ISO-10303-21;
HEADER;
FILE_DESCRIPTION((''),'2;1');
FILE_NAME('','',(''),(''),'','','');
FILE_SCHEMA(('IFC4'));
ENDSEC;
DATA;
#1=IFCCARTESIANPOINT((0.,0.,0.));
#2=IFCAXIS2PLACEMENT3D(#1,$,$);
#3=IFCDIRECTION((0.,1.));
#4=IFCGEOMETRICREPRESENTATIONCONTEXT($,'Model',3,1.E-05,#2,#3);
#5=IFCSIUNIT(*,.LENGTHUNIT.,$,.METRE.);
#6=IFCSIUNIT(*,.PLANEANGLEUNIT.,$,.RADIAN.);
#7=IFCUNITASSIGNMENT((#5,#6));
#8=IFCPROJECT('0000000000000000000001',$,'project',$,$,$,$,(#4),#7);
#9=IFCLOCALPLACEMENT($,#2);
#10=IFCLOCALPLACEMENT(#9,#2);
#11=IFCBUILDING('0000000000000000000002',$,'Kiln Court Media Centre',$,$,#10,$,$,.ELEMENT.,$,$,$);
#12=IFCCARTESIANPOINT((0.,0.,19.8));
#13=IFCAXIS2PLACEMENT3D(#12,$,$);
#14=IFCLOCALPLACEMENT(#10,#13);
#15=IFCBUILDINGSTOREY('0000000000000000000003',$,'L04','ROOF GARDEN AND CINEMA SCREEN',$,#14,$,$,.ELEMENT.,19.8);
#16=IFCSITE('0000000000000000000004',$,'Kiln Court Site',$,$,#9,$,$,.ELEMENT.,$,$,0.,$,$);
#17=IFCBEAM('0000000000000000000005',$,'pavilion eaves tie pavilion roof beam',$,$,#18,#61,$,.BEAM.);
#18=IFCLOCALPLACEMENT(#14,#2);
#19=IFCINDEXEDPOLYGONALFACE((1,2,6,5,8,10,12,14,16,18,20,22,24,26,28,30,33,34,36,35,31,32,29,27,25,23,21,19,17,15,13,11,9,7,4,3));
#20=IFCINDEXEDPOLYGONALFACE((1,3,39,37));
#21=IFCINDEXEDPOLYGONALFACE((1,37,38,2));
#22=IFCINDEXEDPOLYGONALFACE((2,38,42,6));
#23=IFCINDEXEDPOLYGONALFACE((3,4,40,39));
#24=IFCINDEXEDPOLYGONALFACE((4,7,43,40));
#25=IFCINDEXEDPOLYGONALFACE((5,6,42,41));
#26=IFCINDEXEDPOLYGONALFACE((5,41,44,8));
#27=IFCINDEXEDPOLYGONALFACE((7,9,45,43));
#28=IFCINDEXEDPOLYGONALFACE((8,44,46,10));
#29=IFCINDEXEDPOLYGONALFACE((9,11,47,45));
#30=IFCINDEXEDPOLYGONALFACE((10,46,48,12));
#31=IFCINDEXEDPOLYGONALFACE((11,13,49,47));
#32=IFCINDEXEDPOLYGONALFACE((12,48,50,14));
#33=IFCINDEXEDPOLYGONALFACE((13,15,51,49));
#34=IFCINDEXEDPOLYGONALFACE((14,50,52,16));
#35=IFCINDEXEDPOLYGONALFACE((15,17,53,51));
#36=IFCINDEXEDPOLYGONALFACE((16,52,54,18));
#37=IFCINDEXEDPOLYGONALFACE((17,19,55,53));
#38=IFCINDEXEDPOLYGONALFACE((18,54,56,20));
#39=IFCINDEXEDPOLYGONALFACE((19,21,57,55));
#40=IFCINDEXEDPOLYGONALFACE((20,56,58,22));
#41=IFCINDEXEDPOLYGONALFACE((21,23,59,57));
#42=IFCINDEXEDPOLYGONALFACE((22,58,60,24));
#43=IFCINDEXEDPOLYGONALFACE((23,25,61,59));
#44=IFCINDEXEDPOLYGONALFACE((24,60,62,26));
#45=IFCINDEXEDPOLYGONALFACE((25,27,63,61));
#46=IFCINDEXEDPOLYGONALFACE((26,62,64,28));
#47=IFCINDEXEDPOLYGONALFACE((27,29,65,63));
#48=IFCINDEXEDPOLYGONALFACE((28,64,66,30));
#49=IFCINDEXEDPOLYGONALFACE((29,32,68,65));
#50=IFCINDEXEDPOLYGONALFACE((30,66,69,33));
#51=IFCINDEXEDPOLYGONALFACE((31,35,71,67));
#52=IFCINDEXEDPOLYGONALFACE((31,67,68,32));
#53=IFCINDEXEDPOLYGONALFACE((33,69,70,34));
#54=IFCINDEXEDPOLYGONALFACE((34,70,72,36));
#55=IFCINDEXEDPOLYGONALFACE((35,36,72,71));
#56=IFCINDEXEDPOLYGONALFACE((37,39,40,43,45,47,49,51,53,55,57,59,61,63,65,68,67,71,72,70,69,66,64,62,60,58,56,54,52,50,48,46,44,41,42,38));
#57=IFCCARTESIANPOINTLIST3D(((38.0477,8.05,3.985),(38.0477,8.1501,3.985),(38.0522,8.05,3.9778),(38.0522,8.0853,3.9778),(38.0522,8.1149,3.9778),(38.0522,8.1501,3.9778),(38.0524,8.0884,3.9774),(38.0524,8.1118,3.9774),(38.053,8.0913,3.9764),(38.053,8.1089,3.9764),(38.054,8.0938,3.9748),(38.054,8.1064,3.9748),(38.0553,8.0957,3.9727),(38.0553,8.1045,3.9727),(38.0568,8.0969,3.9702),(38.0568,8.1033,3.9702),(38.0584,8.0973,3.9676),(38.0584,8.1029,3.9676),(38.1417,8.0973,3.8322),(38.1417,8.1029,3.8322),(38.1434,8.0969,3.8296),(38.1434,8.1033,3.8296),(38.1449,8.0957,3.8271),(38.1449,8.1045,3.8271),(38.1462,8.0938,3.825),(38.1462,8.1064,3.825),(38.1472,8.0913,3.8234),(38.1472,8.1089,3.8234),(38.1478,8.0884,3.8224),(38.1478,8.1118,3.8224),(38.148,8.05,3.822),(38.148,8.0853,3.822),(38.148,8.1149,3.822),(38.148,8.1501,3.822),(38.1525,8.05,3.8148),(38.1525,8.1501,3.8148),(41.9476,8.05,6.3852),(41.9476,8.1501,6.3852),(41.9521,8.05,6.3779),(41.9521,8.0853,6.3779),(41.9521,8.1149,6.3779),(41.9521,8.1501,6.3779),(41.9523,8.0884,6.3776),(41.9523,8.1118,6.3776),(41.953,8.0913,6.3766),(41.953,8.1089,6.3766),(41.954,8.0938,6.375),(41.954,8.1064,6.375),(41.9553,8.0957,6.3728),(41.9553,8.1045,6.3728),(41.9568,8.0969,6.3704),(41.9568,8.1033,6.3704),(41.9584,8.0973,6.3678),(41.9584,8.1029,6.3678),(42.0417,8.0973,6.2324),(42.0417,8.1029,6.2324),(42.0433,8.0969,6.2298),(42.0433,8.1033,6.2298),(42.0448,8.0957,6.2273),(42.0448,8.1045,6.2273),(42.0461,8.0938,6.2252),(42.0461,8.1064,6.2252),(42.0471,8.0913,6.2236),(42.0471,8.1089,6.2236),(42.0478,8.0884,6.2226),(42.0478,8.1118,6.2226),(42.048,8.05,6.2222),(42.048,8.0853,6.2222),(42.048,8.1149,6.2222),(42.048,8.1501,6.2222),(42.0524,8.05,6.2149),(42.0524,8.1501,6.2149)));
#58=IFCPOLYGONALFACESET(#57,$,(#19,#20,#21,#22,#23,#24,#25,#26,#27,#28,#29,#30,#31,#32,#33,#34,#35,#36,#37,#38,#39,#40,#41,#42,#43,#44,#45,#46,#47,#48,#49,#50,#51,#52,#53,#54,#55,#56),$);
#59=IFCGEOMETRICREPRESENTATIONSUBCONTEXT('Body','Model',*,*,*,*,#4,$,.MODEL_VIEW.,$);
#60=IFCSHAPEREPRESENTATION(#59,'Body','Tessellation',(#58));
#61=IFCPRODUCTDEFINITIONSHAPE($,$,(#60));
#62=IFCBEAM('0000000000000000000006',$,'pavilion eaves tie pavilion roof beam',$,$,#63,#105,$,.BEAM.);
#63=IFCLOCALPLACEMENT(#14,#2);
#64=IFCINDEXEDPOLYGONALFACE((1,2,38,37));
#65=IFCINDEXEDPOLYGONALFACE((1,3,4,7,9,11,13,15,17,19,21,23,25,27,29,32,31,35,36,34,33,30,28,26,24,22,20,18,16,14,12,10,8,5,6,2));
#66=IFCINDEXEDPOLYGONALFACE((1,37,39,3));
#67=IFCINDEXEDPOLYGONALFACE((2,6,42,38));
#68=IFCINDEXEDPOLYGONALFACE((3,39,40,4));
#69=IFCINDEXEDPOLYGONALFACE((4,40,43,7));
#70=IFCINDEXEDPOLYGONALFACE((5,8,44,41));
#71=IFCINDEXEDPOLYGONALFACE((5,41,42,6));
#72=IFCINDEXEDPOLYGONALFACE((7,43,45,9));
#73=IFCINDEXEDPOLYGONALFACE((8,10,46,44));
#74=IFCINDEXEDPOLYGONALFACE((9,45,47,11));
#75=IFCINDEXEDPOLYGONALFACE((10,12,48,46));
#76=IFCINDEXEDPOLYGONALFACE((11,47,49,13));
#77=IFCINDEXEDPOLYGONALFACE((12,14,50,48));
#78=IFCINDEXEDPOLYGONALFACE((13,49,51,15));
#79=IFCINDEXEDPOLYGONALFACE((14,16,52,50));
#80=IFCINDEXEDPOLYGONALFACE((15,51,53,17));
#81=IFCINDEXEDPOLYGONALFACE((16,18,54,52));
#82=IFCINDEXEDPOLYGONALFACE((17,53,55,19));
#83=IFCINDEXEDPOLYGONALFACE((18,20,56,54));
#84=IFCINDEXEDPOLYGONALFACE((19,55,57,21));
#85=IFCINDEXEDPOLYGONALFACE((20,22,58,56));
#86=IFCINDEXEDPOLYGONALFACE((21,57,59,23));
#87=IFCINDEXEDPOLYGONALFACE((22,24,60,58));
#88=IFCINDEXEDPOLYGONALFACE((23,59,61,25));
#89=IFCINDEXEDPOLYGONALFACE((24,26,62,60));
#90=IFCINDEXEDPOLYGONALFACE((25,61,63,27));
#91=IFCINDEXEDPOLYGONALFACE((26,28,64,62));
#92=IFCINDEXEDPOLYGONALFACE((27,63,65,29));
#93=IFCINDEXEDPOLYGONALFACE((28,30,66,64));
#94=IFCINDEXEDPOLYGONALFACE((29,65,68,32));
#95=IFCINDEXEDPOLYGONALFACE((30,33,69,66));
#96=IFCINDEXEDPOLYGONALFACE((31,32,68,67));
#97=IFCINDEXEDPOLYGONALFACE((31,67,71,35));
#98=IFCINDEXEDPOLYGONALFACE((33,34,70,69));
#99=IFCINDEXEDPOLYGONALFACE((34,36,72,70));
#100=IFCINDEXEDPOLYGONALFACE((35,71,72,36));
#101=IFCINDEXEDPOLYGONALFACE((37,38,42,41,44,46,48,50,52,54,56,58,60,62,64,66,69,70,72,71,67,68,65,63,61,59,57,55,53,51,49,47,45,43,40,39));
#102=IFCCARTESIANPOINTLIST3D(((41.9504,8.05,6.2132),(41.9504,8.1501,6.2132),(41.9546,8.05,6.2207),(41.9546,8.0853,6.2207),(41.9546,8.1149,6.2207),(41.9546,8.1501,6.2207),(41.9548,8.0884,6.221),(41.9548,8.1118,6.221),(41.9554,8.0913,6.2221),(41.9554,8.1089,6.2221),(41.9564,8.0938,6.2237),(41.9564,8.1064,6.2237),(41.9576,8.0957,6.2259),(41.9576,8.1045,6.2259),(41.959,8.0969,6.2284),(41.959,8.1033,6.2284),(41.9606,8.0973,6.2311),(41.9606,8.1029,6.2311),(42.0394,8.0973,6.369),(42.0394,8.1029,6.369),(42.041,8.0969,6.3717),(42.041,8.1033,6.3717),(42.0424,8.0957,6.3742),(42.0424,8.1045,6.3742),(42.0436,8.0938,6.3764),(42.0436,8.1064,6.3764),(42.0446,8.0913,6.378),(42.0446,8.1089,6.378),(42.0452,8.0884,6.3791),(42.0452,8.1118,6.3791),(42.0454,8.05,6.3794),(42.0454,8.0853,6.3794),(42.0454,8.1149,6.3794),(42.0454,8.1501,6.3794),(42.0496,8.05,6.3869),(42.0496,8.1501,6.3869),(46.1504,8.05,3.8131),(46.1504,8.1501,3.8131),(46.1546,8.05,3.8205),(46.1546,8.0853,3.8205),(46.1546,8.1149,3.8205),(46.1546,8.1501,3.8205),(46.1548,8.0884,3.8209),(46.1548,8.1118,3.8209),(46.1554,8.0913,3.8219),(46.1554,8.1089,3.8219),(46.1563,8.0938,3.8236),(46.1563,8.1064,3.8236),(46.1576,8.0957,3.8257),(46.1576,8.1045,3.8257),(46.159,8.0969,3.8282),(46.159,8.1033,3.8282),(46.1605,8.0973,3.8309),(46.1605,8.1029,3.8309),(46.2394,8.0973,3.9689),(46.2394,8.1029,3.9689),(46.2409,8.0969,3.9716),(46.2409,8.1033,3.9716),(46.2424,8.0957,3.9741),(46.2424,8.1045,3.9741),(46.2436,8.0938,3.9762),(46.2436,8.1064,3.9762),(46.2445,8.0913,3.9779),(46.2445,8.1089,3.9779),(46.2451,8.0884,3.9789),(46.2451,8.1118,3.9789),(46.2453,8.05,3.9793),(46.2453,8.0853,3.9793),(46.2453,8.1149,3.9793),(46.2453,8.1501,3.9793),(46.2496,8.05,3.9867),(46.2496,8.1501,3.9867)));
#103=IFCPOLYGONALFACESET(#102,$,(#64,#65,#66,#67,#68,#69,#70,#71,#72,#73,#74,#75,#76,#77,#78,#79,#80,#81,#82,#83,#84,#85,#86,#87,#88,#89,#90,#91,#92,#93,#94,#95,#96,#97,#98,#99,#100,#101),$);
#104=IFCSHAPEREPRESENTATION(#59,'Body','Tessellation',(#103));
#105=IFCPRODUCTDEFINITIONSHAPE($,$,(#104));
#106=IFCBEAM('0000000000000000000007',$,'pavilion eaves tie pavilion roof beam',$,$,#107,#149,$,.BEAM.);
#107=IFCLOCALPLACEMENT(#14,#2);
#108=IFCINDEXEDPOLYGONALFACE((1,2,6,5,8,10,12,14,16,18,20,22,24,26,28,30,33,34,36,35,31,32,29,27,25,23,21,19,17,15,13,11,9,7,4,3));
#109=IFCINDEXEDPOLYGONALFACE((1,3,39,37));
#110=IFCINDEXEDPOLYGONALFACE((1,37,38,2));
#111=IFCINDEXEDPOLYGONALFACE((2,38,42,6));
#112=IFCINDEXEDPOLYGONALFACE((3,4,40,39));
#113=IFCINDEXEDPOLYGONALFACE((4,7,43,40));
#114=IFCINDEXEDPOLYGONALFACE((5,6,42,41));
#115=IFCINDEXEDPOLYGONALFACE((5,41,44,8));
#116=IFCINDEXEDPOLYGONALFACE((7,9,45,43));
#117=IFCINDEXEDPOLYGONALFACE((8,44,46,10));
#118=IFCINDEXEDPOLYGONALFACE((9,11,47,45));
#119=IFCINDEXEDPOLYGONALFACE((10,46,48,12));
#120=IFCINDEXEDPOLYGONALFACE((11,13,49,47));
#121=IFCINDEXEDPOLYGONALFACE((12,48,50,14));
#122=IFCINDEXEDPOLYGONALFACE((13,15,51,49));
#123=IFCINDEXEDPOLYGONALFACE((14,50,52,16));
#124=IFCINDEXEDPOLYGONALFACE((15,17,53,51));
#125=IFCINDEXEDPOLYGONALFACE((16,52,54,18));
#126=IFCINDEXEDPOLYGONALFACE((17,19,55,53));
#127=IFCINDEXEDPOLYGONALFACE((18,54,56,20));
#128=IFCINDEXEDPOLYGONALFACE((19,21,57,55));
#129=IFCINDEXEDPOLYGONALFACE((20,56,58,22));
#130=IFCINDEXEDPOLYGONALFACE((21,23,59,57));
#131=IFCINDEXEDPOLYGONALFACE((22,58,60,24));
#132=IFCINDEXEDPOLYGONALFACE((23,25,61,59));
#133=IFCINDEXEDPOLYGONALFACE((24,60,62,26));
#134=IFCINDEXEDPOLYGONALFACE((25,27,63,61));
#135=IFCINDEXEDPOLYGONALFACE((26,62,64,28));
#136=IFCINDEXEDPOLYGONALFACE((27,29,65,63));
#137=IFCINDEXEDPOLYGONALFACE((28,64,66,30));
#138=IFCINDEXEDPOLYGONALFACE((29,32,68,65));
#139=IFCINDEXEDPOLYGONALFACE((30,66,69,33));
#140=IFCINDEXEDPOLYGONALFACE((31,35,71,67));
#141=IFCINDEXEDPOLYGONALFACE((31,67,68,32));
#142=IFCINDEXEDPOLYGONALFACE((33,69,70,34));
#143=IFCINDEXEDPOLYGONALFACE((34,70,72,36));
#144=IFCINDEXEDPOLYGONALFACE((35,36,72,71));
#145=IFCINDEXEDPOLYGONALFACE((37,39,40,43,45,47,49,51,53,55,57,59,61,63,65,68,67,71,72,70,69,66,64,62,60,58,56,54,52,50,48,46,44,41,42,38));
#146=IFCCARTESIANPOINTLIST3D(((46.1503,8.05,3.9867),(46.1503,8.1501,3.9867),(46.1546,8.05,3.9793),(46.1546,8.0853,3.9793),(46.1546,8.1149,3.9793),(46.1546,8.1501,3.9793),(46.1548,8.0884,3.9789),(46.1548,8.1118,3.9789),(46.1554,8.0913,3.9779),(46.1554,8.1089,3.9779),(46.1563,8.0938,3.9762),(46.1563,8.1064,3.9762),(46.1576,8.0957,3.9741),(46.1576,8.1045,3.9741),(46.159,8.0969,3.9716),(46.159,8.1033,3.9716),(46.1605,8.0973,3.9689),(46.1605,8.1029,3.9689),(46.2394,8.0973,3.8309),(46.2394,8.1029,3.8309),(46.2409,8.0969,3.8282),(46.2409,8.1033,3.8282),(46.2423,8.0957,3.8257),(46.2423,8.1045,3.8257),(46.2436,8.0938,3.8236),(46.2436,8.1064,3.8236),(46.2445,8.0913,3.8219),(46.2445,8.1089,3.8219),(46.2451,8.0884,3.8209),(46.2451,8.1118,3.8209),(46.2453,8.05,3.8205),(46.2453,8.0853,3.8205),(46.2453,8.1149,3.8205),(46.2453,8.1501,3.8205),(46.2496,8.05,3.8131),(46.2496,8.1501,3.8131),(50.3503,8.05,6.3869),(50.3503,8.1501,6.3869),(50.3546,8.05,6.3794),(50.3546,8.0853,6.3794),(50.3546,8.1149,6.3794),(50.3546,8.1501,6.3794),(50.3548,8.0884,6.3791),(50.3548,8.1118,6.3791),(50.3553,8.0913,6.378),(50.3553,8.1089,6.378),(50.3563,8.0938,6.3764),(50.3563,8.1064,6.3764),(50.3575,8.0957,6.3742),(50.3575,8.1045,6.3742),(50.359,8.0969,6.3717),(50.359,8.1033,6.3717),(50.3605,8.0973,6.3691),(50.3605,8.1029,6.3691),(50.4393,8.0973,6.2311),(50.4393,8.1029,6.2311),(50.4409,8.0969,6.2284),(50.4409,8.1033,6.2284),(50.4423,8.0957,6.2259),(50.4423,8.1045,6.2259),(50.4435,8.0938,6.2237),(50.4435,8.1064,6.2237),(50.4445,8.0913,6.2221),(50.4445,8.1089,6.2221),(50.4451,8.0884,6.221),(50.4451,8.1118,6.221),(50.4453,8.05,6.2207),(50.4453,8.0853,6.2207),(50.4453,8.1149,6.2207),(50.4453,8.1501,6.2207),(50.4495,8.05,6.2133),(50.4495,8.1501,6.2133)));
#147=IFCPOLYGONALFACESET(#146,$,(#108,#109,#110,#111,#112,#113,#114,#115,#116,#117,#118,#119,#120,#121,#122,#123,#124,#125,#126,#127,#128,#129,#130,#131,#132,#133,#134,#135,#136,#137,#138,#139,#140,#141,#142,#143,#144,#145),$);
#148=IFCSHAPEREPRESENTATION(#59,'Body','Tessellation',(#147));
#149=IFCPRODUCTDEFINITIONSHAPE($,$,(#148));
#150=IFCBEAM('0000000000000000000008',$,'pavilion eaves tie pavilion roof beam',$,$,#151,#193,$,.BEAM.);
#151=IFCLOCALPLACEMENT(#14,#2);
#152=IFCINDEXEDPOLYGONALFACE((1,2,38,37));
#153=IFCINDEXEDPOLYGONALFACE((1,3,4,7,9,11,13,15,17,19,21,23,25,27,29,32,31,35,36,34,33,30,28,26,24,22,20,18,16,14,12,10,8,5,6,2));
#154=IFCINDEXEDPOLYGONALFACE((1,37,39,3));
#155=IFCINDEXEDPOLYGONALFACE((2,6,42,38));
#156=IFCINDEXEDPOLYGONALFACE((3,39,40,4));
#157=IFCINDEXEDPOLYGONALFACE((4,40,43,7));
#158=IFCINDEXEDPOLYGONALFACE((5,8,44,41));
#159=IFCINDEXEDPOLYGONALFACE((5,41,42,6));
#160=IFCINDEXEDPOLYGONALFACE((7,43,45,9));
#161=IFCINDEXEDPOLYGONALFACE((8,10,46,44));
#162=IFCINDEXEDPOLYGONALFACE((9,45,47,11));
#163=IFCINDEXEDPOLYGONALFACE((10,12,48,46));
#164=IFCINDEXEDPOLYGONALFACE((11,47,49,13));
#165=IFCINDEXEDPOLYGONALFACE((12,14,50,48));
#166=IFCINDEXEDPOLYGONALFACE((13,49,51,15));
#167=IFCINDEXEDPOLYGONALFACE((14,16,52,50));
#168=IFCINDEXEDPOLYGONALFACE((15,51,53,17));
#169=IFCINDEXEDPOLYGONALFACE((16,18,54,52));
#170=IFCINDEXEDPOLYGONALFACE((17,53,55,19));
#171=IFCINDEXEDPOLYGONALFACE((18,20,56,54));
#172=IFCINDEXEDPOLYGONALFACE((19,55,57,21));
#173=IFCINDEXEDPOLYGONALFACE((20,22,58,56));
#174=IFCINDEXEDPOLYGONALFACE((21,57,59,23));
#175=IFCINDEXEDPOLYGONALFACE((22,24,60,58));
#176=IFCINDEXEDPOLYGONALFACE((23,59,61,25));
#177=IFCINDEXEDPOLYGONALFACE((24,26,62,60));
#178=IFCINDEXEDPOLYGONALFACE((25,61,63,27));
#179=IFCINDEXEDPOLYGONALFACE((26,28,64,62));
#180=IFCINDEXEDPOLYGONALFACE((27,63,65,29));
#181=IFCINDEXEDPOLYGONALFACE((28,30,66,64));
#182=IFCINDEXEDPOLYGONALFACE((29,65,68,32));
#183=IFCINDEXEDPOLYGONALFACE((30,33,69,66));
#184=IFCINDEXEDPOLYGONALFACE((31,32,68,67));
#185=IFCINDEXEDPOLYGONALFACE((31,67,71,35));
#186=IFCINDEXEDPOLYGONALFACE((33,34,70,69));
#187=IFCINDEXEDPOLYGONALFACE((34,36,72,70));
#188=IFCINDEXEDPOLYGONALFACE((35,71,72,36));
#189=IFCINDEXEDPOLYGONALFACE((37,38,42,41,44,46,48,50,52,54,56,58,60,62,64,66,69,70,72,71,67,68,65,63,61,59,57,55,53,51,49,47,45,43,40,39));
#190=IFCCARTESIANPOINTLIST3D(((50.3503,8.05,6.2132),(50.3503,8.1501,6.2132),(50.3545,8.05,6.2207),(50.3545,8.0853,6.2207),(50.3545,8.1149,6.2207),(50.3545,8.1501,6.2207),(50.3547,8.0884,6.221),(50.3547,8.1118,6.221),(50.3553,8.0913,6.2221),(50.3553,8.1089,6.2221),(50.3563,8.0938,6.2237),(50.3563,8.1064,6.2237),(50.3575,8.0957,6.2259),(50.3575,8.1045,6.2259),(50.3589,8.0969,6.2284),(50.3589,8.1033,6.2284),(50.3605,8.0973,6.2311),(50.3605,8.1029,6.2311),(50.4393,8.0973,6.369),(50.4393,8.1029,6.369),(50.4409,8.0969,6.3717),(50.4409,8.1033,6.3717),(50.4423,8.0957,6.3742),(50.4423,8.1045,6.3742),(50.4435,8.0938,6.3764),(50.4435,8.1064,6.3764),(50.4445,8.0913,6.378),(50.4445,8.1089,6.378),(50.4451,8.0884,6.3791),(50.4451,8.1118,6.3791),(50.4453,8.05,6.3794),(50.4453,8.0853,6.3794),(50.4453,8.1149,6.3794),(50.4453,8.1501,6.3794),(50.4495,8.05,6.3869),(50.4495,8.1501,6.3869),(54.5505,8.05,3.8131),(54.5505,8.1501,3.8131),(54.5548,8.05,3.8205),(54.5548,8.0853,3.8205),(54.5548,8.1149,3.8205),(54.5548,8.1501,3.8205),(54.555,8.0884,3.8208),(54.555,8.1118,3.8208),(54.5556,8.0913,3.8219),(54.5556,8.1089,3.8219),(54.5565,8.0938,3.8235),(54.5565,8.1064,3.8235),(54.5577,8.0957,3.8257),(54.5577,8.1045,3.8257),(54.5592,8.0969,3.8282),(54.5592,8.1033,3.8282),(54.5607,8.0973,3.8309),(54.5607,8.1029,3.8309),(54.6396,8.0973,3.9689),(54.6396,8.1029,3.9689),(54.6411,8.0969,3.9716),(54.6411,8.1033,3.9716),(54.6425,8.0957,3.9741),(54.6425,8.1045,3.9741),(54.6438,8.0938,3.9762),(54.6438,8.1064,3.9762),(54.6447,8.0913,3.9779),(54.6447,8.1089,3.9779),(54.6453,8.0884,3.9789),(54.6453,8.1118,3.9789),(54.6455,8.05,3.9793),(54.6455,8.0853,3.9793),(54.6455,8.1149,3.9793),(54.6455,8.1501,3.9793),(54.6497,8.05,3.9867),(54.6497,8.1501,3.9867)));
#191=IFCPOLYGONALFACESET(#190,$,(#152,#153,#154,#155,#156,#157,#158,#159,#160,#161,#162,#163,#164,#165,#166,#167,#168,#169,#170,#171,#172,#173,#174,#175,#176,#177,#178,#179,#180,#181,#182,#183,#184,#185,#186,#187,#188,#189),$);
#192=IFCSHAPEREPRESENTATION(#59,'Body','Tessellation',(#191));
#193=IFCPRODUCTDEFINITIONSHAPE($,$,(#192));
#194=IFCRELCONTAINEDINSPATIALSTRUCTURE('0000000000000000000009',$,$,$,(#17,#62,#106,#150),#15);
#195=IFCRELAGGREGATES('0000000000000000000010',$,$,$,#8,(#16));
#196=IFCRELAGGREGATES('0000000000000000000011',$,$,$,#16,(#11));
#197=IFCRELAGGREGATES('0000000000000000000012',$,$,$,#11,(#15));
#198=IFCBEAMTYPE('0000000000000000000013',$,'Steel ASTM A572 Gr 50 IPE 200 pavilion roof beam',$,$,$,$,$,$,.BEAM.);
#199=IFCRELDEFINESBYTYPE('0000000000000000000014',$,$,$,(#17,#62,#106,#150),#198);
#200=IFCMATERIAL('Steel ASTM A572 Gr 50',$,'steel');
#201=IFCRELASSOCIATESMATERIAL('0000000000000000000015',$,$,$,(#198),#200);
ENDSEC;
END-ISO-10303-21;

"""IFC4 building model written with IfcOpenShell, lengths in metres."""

from ifc_helpers import new_model, si_unit, direction, frame, origin, origin_2d, place, context, subcontext, project, spatial, i_section, extrude, material, material_profile, profile_set, type_object, element, save


model = new_model("IFC4")

# Units and contexts
model_context = context("Model", 3, precision=1e-05, world=origin(), true_north=direction((0.0, 1.0)))
body_context = subcontext(model_context, "Body", "Model", "MODEL_VIEW")
ifc_project = project(units=[si_unit("LENGTHUNIT", "METRE"), si_unit("PLANEANGLEUNIT", "RADIAN")], contexts=[model_context])

# Site, building, storey
site_placement = place(None, origin())
site = spatial("IfcSite", under=ifc_project, at=site_placement, Name="Kiln Court Site", CompositionType="ELEMENT", RefElevation=0.0)
building_placement = place(site_placement, origin())
building = spatial("IfcBuilding", under=site, at=building_placement, Name="Kiln Court Media Centre", CompositionType="ELEMENT")
storey_placement = place(building_placement, frame((0.0, 0.0, 19.8)))
storey = spatial("IfcBuildingStorey", under=building, at=storey_placement, Name="L04", Description="ROOF GARDEN AND CINEMA SCREEN", CompositionType="ELEMENT", Elevation=19.8)

# Beams
ifc_material_1 = material(Name="Steel ASTM A572 Gr 50", Category="steel")
ifc_material_profile_1 = material_profile(ifc_material_1, i_section(OverallWidth=0.1001, OverallDepth=0.2, WebThickness=0.0056, FlangeThickness=0.0085, FilletRadius=0.012, at=origin_2d()), Name="IPE 200")
ifc_profile_set_1 = profile_set([ifc_material_profile_1], Name="Steel ASTM A572 Gr 50")
beam_type_1 = type_object("IfcBeamType", Name="Steel ASTM A572 Gr 50 IPE 200 pavilion roof beam", PredefinedType="BEAM", material=ifc_profile_set_1)
beam_1_placement = place(storey_placement, frame((38.1001, 8.1001, 3.8999), z_axis=(0.851638, 0.0, 0.52413), x_axis=(0.0, 1.0, 0.0)))
element("IfcBeam", 1, at=beam_1_placement, inside=storey, type_object=beam_type_1, Name="pavilion eaves tie pavilion roof beam", PredefinedType="BEAM", context=body_context, shape_type="SweptSolid", body=[
    extrude(i_section(OverallWidth=0.1001, OverallDepth=0.2, WebThickness=0.0056, FlangeThickness=0.0085, FilletRadius=0.012, at=origin_2d()), origin(), (0.0, 0.0, 1.0), 4.5793),
])
for number, where, z_axis, x_axis, name in (
    (2, (42.0, 8.1001, 6.3), (0.868228, 0.0, -0.496166), (0.0, 1.0, 0.0), "pavilion eaves tie pavilion roof beam"),
    (3, (46.2, 8.1001, 3.8999), (0.868228, 0.0, 0.496166), (0.0, 1.0, 0.0), "pavilion eaves tie pavilion roof beam"),
):
    element("IfcBeam", number, at=place(storey_placement, frame(where, z_axis=z_axis, x_axis=x_axis)), inside=storey, type_object=beam_type_1, Name=name, PredefinedType="BEAM", context=body_context, shape_type="SweptSolid", body=[
        extrude(i_section(OverallWidth=0.1001, OverallDepth=0.2, WebThickness=0.0056, FlangeThickness=0.0085, FilletRadius=0.012, at=origin_2d()), origin(), (0.0, 0.0, 1.0), 4.8374),
    ])
beam_2_placement = place(storey_placement, frame((50.3999, 8.1001, 6.3), z_axis=(0.86824, 0.0, -0.496144), x_axis=(0.0, 1.0, 0.0)))
element("IfcBeam", 4, at=beam_2_placement, inside=storey, type_object=beam_type_1, Name="pavilion eaves tie pavilion roof beam", PredefinedType="BEAM", context=body_context, shape_type="SweptSolid", body=[
    extrude(i_section(OverallWidth=0.1001, OverallDepth=0.2, WebThickness=0.0056, FlangeThickness=0.0085, FilletRadius=0.012, at=origin_2d()), origin(), (0.0, 0.0, 1.0), 4.8376),
])

save(model, "model.ifc")
